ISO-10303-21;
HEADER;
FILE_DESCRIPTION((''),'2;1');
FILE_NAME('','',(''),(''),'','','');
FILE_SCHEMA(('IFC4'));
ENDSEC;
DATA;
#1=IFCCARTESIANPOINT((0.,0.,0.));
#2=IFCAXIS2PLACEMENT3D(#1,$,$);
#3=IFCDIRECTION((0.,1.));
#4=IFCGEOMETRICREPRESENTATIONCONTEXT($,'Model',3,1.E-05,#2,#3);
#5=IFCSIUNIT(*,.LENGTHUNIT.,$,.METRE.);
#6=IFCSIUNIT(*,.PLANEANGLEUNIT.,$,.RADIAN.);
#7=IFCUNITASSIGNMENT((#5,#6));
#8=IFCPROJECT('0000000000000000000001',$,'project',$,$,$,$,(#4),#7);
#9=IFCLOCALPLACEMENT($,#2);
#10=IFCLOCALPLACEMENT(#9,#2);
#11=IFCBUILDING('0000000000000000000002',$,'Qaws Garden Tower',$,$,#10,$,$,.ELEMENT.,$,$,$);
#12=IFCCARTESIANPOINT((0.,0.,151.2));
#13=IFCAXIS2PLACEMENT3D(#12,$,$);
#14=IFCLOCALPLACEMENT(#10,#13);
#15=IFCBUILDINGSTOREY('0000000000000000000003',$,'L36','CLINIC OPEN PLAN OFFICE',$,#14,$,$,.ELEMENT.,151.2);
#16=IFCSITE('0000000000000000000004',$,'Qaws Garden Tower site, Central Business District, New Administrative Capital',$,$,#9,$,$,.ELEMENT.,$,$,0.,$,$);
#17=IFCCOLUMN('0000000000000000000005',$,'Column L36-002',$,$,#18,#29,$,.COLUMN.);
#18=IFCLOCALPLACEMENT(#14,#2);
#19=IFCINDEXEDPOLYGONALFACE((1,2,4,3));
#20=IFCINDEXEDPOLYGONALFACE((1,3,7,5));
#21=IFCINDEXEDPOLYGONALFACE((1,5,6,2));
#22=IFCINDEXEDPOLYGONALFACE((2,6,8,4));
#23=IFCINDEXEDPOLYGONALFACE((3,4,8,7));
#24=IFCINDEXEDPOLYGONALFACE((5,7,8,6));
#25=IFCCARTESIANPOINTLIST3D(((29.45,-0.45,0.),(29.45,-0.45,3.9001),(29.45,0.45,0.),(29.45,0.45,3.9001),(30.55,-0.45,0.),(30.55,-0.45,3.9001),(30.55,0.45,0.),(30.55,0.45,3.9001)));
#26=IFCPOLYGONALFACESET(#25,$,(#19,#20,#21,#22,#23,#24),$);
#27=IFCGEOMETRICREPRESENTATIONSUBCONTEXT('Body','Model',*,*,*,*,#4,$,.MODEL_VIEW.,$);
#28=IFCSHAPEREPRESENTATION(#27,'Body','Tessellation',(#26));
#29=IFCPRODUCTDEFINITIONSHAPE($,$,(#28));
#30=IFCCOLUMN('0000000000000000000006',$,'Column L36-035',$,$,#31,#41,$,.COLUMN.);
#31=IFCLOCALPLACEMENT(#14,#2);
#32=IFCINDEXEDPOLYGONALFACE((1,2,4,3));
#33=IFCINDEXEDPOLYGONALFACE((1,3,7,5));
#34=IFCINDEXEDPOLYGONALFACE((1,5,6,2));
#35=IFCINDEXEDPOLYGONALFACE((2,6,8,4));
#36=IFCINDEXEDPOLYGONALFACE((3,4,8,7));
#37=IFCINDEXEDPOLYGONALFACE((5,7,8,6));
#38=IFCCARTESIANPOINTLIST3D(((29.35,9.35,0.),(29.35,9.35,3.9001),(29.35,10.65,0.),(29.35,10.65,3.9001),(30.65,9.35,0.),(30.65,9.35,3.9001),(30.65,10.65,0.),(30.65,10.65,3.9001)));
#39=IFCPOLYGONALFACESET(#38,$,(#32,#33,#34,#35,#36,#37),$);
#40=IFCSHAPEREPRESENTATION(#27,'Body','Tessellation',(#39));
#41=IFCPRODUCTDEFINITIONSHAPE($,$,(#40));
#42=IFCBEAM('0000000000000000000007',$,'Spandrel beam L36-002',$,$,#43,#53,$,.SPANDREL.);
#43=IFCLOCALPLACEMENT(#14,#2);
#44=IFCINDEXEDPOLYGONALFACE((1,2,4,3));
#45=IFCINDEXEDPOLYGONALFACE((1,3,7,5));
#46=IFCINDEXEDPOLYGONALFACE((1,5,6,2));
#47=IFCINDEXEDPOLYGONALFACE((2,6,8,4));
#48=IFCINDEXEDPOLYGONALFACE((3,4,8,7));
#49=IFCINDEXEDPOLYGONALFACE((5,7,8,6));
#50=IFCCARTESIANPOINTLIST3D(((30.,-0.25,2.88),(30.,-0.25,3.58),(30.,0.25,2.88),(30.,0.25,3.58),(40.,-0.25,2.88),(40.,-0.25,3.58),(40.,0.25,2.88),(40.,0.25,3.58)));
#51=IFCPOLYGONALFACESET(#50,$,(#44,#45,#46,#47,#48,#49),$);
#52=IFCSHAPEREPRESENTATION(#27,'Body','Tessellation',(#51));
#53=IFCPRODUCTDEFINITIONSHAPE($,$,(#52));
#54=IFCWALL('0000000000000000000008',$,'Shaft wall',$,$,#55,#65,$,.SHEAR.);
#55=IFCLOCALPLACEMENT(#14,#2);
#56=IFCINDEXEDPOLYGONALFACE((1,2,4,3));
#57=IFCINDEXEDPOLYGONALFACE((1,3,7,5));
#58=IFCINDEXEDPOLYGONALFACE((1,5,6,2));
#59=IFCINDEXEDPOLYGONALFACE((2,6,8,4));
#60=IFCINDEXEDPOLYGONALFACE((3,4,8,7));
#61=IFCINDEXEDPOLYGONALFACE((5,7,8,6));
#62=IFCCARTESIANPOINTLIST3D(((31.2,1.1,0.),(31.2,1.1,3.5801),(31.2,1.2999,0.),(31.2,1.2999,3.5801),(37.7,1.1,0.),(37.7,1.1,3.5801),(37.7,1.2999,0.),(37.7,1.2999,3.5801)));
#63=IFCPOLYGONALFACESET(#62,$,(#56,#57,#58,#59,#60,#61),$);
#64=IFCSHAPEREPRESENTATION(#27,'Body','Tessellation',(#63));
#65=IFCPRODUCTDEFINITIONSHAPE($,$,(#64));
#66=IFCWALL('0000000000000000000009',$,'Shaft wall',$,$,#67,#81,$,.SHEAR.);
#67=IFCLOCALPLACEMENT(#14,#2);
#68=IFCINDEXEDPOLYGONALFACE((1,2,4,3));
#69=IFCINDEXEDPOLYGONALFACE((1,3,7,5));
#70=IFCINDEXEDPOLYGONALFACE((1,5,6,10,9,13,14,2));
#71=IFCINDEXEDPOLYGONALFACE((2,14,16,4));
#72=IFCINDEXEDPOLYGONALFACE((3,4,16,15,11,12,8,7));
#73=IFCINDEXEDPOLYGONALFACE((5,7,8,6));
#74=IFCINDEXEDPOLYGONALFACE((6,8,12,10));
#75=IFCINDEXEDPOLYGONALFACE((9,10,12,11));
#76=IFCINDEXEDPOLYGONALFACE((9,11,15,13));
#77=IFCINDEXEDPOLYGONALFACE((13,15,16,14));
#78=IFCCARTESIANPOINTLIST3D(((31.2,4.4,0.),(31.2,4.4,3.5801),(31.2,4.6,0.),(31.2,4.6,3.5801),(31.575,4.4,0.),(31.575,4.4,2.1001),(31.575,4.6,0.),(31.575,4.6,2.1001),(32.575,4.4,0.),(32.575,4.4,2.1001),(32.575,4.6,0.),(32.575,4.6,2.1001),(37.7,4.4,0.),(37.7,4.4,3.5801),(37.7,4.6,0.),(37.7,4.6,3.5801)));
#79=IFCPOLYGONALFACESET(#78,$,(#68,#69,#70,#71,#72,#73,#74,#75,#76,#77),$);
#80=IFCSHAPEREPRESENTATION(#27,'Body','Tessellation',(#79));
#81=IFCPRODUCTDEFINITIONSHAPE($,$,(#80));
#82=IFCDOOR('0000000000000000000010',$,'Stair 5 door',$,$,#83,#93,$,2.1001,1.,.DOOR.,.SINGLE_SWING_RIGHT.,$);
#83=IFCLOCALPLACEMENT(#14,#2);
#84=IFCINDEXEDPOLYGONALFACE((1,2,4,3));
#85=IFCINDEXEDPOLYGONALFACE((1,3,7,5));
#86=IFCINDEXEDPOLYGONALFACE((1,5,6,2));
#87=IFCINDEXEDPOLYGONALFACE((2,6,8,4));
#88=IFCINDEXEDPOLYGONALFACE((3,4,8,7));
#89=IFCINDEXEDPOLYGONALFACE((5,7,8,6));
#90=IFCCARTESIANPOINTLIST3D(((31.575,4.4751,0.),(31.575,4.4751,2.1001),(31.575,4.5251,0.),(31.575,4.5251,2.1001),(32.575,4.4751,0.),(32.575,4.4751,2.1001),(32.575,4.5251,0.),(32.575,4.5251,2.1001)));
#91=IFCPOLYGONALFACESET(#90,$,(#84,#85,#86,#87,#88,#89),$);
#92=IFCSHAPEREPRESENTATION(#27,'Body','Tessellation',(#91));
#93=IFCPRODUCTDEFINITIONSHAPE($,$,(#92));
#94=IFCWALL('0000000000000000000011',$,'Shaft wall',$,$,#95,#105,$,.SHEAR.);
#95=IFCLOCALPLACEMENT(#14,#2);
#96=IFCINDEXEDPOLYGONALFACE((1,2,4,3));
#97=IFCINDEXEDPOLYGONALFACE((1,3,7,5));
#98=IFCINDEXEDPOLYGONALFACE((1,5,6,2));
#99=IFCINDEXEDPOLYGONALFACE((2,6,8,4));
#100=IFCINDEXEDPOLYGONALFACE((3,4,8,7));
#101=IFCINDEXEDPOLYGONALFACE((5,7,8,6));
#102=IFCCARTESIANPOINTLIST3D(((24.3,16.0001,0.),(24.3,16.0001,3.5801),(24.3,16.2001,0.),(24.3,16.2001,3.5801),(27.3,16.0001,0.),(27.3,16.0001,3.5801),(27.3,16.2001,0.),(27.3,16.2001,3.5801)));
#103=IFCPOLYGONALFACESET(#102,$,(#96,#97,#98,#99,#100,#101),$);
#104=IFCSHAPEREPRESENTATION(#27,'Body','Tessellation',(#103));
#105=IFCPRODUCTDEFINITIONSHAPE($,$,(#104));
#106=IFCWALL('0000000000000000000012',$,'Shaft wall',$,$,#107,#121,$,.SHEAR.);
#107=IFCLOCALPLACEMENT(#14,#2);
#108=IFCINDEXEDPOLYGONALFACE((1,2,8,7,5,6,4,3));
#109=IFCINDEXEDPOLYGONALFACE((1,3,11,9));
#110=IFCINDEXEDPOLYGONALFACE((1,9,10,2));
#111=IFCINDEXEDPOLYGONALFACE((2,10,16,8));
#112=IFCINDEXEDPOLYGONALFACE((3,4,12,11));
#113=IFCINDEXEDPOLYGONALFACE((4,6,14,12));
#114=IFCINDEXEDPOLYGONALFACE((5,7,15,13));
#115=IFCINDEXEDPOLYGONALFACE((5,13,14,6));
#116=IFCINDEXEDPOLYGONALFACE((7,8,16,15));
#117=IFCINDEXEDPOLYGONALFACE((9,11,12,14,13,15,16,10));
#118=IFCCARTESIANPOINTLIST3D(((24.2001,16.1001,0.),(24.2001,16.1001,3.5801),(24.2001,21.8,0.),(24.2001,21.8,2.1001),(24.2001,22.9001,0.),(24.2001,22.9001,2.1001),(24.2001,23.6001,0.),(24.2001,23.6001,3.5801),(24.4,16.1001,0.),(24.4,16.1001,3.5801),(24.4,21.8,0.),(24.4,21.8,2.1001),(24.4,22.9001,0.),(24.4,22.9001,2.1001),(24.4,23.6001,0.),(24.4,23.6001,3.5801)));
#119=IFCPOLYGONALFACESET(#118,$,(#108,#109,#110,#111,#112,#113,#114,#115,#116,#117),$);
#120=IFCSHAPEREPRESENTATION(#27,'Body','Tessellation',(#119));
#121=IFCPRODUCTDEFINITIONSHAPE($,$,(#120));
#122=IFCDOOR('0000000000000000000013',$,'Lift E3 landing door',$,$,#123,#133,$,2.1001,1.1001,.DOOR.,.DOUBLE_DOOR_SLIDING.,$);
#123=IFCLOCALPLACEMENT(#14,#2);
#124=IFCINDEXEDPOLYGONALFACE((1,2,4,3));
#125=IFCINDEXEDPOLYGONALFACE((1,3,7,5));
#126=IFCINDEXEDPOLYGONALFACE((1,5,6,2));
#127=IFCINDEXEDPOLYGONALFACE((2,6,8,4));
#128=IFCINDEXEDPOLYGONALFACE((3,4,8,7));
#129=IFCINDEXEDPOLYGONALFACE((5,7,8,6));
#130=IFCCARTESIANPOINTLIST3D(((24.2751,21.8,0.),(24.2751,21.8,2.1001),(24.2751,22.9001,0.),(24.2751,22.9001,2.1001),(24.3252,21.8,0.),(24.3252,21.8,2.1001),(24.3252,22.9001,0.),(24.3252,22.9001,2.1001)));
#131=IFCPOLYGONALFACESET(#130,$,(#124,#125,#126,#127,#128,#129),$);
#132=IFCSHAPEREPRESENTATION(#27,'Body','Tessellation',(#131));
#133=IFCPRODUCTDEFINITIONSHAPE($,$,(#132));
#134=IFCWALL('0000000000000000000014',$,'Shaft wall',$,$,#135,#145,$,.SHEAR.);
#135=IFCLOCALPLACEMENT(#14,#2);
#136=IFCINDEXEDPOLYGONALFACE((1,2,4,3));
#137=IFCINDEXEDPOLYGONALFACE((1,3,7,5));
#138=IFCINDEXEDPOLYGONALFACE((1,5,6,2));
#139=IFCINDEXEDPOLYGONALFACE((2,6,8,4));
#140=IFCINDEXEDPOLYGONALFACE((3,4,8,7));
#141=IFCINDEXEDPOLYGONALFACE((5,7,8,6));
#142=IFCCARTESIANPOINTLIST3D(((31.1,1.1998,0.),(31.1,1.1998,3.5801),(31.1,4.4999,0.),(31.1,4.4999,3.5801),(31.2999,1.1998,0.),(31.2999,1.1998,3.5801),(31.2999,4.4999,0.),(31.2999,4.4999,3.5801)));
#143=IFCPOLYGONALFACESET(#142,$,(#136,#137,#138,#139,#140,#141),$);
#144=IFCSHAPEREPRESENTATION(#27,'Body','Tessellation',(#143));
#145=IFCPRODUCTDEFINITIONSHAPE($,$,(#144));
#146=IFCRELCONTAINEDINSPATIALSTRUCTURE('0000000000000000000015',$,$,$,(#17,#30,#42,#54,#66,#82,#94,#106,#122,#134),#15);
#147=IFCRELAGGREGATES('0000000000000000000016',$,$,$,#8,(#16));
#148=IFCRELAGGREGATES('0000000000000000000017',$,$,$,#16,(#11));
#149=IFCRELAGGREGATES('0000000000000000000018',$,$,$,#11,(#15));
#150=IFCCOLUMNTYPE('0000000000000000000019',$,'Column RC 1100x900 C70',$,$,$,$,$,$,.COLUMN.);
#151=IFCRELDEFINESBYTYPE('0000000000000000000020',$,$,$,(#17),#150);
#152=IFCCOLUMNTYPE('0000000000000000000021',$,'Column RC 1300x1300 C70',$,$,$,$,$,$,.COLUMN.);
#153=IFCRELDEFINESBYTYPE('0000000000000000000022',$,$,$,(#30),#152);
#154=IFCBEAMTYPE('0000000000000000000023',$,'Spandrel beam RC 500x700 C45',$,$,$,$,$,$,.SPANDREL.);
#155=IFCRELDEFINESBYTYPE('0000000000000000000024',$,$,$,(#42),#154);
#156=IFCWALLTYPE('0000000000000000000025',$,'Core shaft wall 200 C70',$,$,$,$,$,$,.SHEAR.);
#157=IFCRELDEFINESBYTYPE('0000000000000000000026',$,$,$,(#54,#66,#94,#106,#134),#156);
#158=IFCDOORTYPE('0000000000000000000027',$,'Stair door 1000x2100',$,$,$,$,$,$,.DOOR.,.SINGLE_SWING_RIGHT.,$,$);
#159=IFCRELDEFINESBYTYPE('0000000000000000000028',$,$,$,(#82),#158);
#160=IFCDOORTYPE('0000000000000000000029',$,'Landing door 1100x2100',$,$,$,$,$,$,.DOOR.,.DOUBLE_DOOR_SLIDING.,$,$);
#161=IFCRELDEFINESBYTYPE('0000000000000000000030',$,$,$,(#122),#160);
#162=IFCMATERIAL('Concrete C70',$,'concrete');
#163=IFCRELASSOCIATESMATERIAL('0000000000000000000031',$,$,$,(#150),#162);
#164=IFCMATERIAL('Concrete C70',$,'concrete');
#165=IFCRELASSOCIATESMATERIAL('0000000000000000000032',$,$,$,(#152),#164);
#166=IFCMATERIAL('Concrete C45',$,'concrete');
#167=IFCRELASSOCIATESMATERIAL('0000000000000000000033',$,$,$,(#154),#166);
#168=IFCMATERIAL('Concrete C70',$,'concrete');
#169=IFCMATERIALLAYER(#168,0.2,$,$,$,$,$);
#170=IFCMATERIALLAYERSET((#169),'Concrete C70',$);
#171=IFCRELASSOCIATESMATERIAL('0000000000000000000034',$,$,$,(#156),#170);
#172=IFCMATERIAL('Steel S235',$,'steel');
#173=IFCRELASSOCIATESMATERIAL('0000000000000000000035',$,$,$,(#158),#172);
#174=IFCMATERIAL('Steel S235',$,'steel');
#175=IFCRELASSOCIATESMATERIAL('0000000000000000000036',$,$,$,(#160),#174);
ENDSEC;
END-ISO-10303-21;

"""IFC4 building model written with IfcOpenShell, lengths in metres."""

from ifc_helpers import new_model, si_unit, direction, frame, frame_2d, origin, origin_2d, place, context, subcontext, project, spatial, rectangle, extrude, material, layer, layer_set, material_profile, profile_set, type_object, element, fill, save


model = new_model("IFC4")

# Units and contexts
model_context = context("Model", 3, precision=1e-05, world=origin(), true_north=direction((0.0, 1.0)))
body_context = subcontext(model_context, "Body", "Model", "MODEL_VIEW")
ifc_project = project(units=[si_unit("LENGTHUNIT", "METRE"), si_unit("PLANEANGLEUNIT", "RADIAN")], contexts=[model_context])

# Site, building, storey
site_placement = place(None, origin())
site = spatial("IfcSite", under=ifc_project, at=site_placement, Name="Qaws Garden Tower site, Central Business District, New Administrative Capital", CompositionType="ELEMENT", RefElevation=0.0)
building_placement = place(site_placement, origin())
building = spatial("IfcBuilding", under=site, at=building_placement, Name="Qaws Garden Tower", CompositionType="ELEMENT")
storey_placement = place(building_placement, frame((0.0, 0.0, 151.2)))
storey = spatial("IfcBuildingStorey", under=building, at=storey_placement, Name="L36", Description="CLINIC OPEN PLAN OFFICE", CompositionType="ELEMENT", Elevation=151.2)

# Columns
ifc_material_1 = material(Name="Concrete C70", Category="concrete")
ifc_material_profile_1 = material_profile(ifc_material_1, rectangle(XDim=1.1001, YDim=0.8999, at=origin_2d()), Name="RC 1100x900")
ifc_profile_set_1 = profile_set([ifc_material_profile_1], Name="Concrete C70")
column_type_1 = type_object("IfcColumnType", Name="Column RC 1100x900 C70", PredefinedType="COLUMN", material=ifc_profile_set_1)
column_1_placement = place(storey_placement, frame((30.0, 0.0, 0.0), z_axis=(0.0, 0.0, 1.0), x_axis=(1.0, 0.0, 0.0)))
element("IfcColumn", 1, at=column_1_placement, inside=storey, type_object=column_type_1, Name="Column L36-002", PredefinedType="COLUMN", context=body_context, shape_type="SweptSolid", body=[
    extrude(rectangle(XDim=1.1001, YDim=0.8999, at=origin_2d()), origin(), (0.0, 0.0, 1.0), 3.9001),
])
ifc_material_2 = material(Name="Concrete C70", Category="concrete")
ifc_material_profile_2 = material_profile(ifc_material_2, rectangle(XDim=1.3, YDim=1.3, at=origin_2d()), Name="RC 1300x1300")
ifc_profile_set_2 = profile_set([ifc_material_profile_2], Name="Concrete C70")
column_type_2 = type_object("IfcColumnType", Name="Column RC 1300x1300 C70", PredefinedType="COLUMN", material=ifc_profile_set_2)
column_2_placement = place(storey_placement, frame((30.0, 10.0, 0.0), z_axis=(0.0, 0.0, 1.0), x_axis=(1.0, 0.0, 0.0)))
element("IfcColumn", 2, at=column_2_placement, inside=storey, type_object=column_type_2, Name="Column L36-035", PredefinedType="COLUMN", context=body_context, shape_type="SweptSolid", body=[
    extrude(rectangle(XDim=1.3, YDim=1.3, at=origin_2d()), origin(), (0.0, 0.0, 1.0), 3.9001),
])

# Beam
ifc_material_3 = material(Name="Concrete C45", Category="concrete")
ifc_material_profile_3 = material_profile(ifc_material_3, rectangle(XDim=0.5, YDim=0.7, at=origin_2d()), Name="RC 500x700")
ifc_profile_set_3 = profile_set([ifc_material_profile_3], Name="Concrete C45")
beam_type = type_object("IfcBeamType", Name="Spandrel beam RC 500x700 C45", PredefinedType="SPANDREL", material=ifc_profile_set_3)
beam_placement = place(storey_placement, frame((30.0, 0.0, 3.23), z_axis=(1.0, 0.0, 0.0), x_axis=(0.0, 1.0, 0.0)))
element("IfcBeam", 3, at=beam_placement, inside=storey, type_object=beam_type, Name="Spandrel beam L36-002", PredefinedType="SPANDREL", context=body_context, shape_type="SweptSolid", body=[
    extrude(rectangle(XDim=0.5, YDim=0.7, at=origin_2d()), origin(), (0.0, 0.0, 1.0), 10.0),
])

# Wall
ifc_material_4 = material(Name="Concrete C70", Category="concrete")
ifc_layer_1 = layer(ifc_material_4, 0.2)
ifc_layer_set_1 = layer_set([ifc_layer_1], Name="Concrete C70")
wall_type_1 = type_object("IfcWallType", Name="Core shaft wall 200 C70", PredefinedType="SHEAR", material=ifc_layer_set_1)
wall_1_placement = place(storey_placement, frame((31.2, 1.2, 0.0), z_axis=(0.0, 0.0, 1.0), x_axis=(1.0, 0.0, 0.0)))
element("IfcWall", 4, at=wall_1_placement, inside=storey, type_object=wall_type_1, Name="Shaft wall", PredefinedType="SHEAR", context=body_context, shape_type="SweptSolid", body=[
    extrude(rectangle(XDim=6.5, YDim=0.2, at=frame_2d((3.25, 0.0))), origin(), (0.0, 0.0, 1.0), 3.5801),
])

# Wall, opening, door
wall_2_placement = place(storey_placement, frame((31.2, 4.5, 0.0), z_axis=(0.0, 0.0, 1.0), x_axis=(1.0, 0.0, 0.0)))
wall_2 = element("IfcWall", 5, at=wall_2_placement, inside=storey, type_object=wall_type_1, Name="Shaft wall", PredefinedType="SHEAR", context=body_context, shape_type="SweptSolid", body=[
    extrude(rectangle(XDim=6.5, YDim=0.2, at=frame_2d((3.25, 0.0))), origin(), (0.0, 0.0, 1.0), 3.5801),
])
opening_1_placement = place(wall_2_placement, frame((0.375, 0.0, 0.0)))
opening_1 = element("IfcOpeningElement", 6, at=opening_1_placement, cuts=wall_2, PredefinedType="OPENING", context=body_context, shape_type="SweptSolid", body=[
    extrude(rectangle(XDim=1.0, YDim=2.1001, at=frame_2d((0.5, 1.05))), frame((0.0, 0.1099, 0.0), z_axis=(0.0, -1.0, 0.0), x_axis=(1.0, 0.0, 0.0)), (0.0, 0.0, 1.0), 0.22),
])
ifc_material_5 = material(Name="Steel S235", Category="steel")
door_type_1 = type_object("IfcDoorType", Name="Stair door 1000x2100", OperationType="SINGLE_SWING_RIGHT", PredefinedType="DOOR", material=ifc_material_5)
door_1_placement = place(opening_1_placement, frame((1.0, 0.0, 0.0), z_axis=(0.0, 0.0, 1.0), x_axis=(-1.0, 0.0, 0.0)))
door_1 = element("IfcDoor", 7, at=door_1_placement, inside=storey, type_object=door_type_1, Name="Stair 5 door", OperationType="SINGLE_SWING_RIGHT", OverallHeight=2.1001, OverallWidth=1.0, PredefinedType="DOOR", context=body_context, shape_type="SweptSolid", body=[
    extrude(rectangle(XDim=1.0, YDim=2.1001, at=frame_2d((0.5, 1.05))), frame((0.0, 0.0249, 0.0), z_axis=(0.0, -1.0, 0.0), x_axis=(1.0, 0.0, 0.0)), (0.0, 0.0, 1.0), 0.05),
])
fill(opening_1, door_1)

# Wall
wall_3_placement = place(storey_placement, frame((24.3, 16.1001, 0.0), z_axis=(0.0, 0.0, 1.0), x_axis=(1.0, 0.0, 0.0)))
element("IfcWall", 8, at=wall_3_placement, inside=storey, type_object=wall_type_1, Name="Shaft wall", PredefinedType="SHEAR", context=body_context, shape_type="SweptSolid", body=[
    extrude(rectangle(XDim=3.0, YDim=0.2, at=frame_2d((1.5, 0.0))), origin(), (0.0, 0.0, 1.0), 3.5801),
])

# Wall, opening, door
wall_4_placement = place(storey_placement, frame((24.3, 16.1001, 0.0), z_axis=(0.0, 0.0, 1.0), x_axis=(0.0, 1.0, 0.0)))
wall_4 = element("IfcWall", 9, at=wall_4_placement, inside=storey, type_object=wall_type_1, Name="Shaft wall", PredefinedType="SHEAR", context=body_context, shape_type="SweptSolid", body=[
    extrude(rectangle(XDim=7.5, YDim=0.2, at=frame_2d((3.75, 0.0))), origin(), (0.0, 0.0, 1.0), 3.5801),
])
opening_2_placement = place(wall_4_placement, frame((5.7, 0.0, 0.0)))
opening_2 = element("IfcOpeningElement", 10, at=opening_2_placement, cuts=wall_4, PredefinedType="OPENING", context=body_context, shape_type="SweptSolid", body=[
    extrude(rectangle(XDim=1.1001, YDim=2.1001, at=frame_2d((0.55, 1.05))), frame((0.0, 0.1099, 0.0), z_axis=(0.0, -1.0, 0.0), x_axis=(1.0, 0.0, 0.0)), (0.0, 0.0, 1.0), 0.22),
])
ifc_material_6 = material(Name="Steel S235", Category="steel")
door_type_2 = type_object("IfcDoorType", Name="Landing door 1100x2100", OperationType="DOUBLE_DOOR_SLIDING", PredefinedType="DOOR", material=ifc_material_6)
door_2_placement = place(opening_2_placement, origin())
door_2 = element("IfcDoor", 11, at=door_2_placement, inside=storey, type_object=door_type_2, Name="Lift E3 landing door", OperationType="DOUBLE_DOOR_SLIDING", OverallHeight=2.1001, OverallWidth=1.1001, PredefinedType="DOOR", context=body_context, shape_type="SweptSolid", body=[
    extrude(rectangle(XDim=1.1001, YDim=2.1001, at=frame_2d((0.55, 1.05))), frame((0.0, 0.0249, 0.0), z_axis=(0.0, -1.0, 0.0), x_axis=(1.0, 0.0, 0.0)), (0.0, 0.0, 1.0), 0.05),
])
fill(opening_2, door_2)

# Wall
wall_5_placement = place(storey_placement, frame((31.2, 1.2, 0.0), z_axis=(0.0, 0.0, 1.0), x_axis=(0.0, 1.0, 0.0)))
element("IfcWall", 12, at=wall_5_placement, inside=storey, type_object=wall_type_1, Name="Shaft wall", PredefinedType="SHEAR", context=body_context, shape_type="SweptSolid", body=[
    extrude(rectangle(XDim=3.3, YDim=0.2, at=frame_2d((1.6499, 0.0))), origin(), (0.0, 0.0, 1.0), 3.5801),
])

save(model, "model.ifc")
